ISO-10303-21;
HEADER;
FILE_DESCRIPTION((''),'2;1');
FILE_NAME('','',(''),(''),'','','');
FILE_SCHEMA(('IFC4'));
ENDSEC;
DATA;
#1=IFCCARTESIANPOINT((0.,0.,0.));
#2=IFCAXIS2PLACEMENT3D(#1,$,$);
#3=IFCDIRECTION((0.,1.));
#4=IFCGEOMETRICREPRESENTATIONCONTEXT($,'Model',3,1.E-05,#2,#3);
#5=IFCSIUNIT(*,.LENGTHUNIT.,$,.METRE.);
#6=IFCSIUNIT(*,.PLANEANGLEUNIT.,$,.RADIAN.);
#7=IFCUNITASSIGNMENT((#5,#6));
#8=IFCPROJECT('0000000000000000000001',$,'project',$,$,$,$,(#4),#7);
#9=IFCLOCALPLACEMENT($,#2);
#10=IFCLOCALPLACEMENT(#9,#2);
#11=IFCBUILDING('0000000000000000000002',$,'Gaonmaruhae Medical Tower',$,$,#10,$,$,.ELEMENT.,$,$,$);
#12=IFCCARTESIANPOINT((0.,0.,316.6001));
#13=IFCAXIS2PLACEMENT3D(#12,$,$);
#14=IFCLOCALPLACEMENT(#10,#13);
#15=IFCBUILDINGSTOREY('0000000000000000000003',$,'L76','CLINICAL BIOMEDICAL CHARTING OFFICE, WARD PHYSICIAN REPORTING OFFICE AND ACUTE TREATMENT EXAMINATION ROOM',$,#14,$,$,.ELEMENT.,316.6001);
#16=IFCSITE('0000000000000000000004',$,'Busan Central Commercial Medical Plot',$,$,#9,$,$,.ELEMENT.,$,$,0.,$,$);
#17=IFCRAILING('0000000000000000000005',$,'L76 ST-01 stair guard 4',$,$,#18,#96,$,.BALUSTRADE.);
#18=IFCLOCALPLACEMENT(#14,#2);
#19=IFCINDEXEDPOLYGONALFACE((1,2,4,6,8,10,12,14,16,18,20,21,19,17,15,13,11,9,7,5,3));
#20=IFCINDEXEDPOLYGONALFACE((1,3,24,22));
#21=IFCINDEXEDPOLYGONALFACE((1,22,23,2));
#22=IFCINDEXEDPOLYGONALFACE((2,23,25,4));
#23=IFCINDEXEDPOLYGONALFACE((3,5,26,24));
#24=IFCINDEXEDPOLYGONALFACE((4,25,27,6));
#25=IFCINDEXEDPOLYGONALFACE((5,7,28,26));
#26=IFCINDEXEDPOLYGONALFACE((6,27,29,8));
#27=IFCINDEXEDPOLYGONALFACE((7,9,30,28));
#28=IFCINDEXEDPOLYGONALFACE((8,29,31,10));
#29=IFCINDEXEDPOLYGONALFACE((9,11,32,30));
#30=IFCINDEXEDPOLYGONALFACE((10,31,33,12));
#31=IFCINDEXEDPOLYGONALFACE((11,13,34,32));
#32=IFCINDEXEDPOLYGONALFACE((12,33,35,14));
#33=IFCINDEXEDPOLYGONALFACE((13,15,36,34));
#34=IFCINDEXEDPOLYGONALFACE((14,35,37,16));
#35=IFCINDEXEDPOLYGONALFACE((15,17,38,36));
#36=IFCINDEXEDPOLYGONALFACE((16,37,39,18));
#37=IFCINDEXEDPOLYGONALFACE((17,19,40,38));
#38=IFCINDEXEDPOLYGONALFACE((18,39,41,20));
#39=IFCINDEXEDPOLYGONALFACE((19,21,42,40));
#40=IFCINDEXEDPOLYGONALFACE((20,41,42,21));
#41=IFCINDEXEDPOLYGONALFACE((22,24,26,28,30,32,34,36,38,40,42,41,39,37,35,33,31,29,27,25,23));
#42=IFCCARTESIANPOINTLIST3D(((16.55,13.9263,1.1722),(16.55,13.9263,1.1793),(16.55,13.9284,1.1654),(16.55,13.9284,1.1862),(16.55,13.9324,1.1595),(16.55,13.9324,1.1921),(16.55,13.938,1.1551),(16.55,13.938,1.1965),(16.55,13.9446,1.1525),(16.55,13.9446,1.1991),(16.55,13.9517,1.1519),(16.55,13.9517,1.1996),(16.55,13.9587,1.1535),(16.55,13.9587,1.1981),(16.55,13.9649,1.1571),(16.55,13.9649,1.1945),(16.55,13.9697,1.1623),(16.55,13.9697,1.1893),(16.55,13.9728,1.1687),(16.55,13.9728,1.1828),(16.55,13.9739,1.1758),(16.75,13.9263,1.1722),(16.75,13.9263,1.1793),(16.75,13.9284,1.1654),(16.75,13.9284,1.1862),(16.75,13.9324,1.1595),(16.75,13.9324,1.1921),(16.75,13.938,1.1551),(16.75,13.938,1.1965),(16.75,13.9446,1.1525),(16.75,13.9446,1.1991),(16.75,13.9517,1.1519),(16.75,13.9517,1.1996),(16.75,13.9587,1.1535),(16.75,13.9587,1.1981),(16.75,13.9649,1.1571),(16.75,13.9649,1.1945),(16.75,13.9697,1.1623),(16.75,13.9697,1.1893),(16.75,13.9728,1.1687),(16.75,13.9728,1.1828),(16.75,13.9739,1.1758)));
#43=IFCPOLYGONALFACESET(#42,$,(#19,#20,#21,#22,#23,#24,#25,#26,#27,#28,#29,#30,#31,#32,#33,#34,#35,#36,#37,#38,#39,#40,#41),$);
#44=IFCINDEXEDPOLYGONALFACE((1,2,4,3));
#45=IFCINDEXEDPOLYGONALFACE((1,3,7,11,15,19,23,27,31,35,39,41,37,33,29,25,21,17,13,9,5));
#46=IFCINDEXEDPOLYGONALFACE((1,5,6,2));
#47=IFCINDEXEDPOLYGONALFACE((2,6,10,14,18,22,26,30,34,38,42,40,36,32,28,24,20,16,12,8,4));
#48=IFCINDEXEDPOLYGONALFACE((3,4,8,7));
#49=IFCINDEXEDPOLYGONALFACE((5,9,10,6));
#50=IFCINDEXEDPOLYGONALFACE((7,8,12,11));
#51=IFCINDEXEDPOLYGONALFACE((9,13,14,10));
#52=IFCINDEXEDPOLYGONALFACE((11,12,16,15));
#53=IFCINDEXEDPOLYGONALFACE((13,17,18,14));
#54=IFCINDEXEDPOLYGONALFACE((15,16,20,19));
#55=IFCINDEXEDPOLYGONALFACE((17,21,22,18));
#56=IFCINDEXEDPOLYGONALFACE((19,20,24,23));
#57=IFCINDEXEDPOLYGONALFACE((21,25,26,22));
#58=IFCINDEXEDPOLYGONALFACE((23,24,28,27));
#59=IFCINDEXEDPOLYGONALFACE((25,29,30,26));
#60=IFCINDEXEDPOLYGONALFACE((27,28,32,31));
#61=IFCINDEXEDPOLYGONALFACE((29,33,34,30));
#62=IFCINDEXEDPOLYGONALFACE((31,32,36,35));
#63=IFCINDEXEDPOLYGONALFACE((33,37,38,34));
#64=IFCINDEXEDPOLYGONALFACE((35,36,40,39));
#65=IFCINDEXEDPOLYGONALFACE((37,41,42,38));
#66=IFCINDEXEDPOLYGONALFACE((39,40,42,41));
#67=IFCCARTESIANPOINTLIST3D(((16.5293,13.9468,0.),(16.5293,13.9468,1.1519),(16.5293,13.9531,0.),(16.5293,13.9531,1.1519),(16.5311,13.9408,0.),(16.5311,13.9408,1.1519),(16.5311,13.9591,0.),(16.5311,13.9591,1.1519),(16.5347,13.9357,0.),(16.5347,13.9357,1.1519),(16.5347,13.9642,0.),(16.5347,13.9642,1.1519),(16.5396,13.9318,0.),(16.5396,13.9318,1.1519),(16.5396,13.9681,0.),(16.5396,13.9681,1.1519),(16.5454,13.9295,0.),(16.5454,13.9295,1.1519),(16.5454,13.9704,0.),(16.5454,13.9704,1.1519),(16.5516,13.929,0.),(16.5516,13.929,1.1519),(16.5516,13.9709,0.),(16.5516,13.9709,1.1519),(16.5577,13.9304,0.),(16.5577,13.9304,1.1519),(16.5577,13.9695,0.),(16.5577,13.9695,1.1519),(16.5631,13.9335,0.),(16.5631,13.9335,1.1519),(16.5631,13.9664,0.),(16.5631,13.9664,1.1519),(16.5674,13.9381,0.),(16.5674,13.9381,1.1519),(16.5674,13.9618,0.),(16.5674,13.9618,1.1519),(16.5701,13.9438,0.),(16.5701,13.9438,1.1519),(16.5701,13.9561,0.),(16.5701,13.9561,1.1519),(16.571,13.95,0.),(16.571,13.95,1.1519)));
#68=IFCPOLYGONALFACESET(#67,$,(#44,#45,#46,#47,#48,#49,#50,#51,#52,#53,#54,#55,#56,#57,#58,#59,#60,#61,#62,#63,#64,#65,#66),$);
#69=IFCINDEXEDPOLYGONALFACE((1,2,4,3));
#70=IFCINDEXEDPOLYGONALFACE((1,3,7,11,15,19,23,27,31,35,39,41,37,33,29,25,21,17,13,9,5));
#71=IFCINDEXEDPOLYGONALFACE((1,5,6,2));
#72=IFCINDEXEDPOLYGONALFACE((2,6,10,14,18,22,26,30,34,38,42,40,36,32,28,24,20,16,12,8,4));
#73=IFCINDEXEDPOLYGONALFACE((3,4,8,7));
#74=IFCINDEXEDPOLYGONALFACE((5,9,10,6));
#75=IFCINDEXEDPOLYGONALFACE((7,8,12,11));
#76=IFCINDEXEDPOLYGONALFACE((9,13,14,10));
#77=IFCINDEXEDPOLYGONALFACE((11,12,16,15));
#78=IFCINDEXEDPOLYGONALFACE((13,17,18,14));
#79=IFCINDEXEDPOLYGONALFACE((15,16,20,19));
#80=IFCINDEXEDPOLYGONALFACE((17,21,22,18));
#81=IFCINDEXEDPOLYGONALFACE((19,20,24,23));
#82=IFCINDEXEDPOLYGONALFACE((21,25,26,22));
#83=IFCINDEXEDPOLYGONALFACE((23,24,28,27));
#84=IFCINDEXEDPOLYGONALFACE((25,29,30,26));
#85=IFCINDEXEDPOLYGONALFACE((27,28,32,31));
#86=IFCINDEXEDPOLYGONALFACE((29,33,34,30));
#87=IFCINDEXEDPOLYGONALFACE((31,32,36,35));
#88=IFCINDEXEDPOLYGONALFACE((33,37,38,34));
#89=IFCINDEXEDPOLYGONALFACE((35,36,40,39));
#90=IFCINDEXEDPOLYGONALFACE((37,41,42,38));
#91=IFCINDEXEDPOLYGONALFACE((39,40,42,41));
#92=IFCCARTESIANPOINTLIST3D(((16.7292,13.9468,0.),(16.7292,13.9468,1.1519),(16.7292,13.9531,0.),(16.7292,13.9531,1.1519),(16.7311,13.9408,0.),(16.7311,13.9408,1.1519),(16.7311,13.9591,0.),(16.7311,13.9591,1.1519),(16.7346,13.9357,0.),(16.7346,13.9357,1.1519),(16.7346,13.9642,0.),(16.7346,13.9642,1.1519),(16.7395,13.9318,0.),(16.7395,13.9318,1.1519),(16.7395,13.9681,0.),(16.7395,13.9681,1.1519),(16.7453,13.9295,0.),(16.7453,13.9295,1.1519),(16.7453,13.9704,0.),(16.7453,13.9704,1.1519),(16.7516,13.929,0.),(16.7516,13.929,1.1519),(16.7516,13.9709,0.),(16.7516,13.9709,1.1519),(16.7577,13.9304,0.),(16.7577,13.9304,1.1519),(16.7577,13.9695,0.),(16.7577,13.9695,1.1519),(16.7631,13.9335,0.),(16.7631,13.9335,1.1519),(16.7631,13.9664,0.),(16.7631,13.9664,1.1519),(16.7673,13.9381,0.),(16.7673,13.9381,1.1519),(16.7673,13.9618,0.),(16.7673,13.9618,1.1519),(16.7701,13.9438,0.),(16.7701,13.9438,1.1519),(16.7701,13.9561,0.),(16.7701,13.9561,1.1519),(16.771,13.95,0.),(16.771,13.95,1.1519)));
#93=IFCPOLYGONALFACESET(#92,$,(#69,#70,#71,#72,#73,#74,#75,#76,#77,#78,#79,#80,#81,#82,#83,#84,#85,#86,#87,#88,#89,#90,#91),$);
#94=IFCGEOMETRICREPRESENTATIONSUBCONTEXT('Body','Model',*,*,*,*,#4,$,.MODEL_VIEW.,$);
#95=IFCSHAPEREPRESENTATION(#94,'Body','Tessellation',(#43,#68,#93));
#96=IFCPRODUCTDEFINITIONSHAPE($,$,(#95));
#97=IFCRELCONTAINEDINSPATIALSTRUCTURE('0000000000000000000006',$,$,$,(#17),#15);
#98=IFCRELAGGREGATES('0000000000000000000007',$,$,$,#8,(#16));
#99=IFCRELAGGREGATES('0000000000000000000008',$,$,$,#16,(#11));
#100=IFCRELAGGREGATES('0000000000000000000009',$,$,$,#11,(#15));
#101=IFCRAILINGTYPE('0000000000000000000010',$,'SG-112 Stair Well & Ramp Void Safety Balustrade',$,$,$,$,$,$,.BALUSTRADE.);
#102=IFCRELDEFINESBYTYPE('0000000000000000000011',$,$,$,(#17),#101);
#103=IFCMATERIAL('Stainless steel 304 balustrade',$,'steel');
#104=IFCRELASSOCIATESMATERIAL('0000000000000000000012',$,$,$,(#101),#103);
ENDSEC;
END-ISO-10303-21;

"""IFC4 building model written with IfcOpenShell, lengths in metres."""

from ifc_helpers import new_model, si_unit, direction, frame, origin, origin_2d, place, context, subcontext, project, spatial, circle, extrude, material, type_object, element, save


model = new_model("IFC4")

# Units and contexts
model_context = context("Model", 3, precision=1e-05, world=origin(), true_north=direction((0.0, 1.0)))
body_context = subcontext(model_context, "Body", "Model", "MODEL_VIEW")
ifc_project = project(units=[si_unit("LENGTHUNIT", "METRE"), si_unit("PLANEANGLEUNIT", "RADIAN")], contexts=[model_context])

# Site, building, storey
site_placement = place(None, origin())
site = spatial("IfcSite", under=ifc_project, at=site_placement, Name="Busan Central Commercial Medical Plot", CompositionType="ELEMENT", RefElevation=0.0)
building_placement = place(site_placement, origin())
building = spatial("IfcBuilding", under=site, at=building_placement, Name="Gaonmaruhae Medical Tower", CompositionType="ELEMENT")
storey_placement = place(building_placement, frame((0.0, 0.0, 316.6001)))
storey = spatial("IfcBuildingStorey", under=building, at=storey_placement, Name="L76", Description="CLINICAL BIOMEDICAL CHARTING OFFICE, WARD PHYSICIAN REPORTING OFFICE AND ACUTE TREATMENT EXAMINATION ROOM", CompositionType="ELEMENT", Elevation=316.6001)

# Railing
ifc_material_1 = material(Name="Stainless steel 304 balustrade", Category="steel")
railing_type_1 = type_object("IfcRailingType", Name="SG-112 Stair Well & Ramp Void Safety Balustrade", PredefinedType="BALUSTRADE", material=ifc_material_1)
railing_1_placement = place(storey_placement, frame((16.55, 13.95, 0.0)))
element("IfcRailing", 1, at=railing_1_placement, inside=storey, type_object=railing_type_1, Name="L76 ST-01 stair guard 4", PredefinedType="BALUSTRADE", context=body_context, shape_type="SweptSolid", body=[
    extrude(circle(Radius=0.0239, at=origin_2d()), frame((0.0, 0.0, 1.1758), z_axis=(1.0, 0.0, 0.0), x_axis=(0.0, 1.0, 0.0)), (0.0, 0.0, 1.0), 0.2),
    extrude(circle(Radius=0.021, at=origin_2d()), origin(), (0.0, 0.0, 1.0), 1.1519),
    extrude(circle(Radius=0.021, at=origin_2d()), frame((0.2, 0.0, 0.0)), (0.0, 0.0, 1.0), 1.1519),
])

save(model, "model.ifc")
